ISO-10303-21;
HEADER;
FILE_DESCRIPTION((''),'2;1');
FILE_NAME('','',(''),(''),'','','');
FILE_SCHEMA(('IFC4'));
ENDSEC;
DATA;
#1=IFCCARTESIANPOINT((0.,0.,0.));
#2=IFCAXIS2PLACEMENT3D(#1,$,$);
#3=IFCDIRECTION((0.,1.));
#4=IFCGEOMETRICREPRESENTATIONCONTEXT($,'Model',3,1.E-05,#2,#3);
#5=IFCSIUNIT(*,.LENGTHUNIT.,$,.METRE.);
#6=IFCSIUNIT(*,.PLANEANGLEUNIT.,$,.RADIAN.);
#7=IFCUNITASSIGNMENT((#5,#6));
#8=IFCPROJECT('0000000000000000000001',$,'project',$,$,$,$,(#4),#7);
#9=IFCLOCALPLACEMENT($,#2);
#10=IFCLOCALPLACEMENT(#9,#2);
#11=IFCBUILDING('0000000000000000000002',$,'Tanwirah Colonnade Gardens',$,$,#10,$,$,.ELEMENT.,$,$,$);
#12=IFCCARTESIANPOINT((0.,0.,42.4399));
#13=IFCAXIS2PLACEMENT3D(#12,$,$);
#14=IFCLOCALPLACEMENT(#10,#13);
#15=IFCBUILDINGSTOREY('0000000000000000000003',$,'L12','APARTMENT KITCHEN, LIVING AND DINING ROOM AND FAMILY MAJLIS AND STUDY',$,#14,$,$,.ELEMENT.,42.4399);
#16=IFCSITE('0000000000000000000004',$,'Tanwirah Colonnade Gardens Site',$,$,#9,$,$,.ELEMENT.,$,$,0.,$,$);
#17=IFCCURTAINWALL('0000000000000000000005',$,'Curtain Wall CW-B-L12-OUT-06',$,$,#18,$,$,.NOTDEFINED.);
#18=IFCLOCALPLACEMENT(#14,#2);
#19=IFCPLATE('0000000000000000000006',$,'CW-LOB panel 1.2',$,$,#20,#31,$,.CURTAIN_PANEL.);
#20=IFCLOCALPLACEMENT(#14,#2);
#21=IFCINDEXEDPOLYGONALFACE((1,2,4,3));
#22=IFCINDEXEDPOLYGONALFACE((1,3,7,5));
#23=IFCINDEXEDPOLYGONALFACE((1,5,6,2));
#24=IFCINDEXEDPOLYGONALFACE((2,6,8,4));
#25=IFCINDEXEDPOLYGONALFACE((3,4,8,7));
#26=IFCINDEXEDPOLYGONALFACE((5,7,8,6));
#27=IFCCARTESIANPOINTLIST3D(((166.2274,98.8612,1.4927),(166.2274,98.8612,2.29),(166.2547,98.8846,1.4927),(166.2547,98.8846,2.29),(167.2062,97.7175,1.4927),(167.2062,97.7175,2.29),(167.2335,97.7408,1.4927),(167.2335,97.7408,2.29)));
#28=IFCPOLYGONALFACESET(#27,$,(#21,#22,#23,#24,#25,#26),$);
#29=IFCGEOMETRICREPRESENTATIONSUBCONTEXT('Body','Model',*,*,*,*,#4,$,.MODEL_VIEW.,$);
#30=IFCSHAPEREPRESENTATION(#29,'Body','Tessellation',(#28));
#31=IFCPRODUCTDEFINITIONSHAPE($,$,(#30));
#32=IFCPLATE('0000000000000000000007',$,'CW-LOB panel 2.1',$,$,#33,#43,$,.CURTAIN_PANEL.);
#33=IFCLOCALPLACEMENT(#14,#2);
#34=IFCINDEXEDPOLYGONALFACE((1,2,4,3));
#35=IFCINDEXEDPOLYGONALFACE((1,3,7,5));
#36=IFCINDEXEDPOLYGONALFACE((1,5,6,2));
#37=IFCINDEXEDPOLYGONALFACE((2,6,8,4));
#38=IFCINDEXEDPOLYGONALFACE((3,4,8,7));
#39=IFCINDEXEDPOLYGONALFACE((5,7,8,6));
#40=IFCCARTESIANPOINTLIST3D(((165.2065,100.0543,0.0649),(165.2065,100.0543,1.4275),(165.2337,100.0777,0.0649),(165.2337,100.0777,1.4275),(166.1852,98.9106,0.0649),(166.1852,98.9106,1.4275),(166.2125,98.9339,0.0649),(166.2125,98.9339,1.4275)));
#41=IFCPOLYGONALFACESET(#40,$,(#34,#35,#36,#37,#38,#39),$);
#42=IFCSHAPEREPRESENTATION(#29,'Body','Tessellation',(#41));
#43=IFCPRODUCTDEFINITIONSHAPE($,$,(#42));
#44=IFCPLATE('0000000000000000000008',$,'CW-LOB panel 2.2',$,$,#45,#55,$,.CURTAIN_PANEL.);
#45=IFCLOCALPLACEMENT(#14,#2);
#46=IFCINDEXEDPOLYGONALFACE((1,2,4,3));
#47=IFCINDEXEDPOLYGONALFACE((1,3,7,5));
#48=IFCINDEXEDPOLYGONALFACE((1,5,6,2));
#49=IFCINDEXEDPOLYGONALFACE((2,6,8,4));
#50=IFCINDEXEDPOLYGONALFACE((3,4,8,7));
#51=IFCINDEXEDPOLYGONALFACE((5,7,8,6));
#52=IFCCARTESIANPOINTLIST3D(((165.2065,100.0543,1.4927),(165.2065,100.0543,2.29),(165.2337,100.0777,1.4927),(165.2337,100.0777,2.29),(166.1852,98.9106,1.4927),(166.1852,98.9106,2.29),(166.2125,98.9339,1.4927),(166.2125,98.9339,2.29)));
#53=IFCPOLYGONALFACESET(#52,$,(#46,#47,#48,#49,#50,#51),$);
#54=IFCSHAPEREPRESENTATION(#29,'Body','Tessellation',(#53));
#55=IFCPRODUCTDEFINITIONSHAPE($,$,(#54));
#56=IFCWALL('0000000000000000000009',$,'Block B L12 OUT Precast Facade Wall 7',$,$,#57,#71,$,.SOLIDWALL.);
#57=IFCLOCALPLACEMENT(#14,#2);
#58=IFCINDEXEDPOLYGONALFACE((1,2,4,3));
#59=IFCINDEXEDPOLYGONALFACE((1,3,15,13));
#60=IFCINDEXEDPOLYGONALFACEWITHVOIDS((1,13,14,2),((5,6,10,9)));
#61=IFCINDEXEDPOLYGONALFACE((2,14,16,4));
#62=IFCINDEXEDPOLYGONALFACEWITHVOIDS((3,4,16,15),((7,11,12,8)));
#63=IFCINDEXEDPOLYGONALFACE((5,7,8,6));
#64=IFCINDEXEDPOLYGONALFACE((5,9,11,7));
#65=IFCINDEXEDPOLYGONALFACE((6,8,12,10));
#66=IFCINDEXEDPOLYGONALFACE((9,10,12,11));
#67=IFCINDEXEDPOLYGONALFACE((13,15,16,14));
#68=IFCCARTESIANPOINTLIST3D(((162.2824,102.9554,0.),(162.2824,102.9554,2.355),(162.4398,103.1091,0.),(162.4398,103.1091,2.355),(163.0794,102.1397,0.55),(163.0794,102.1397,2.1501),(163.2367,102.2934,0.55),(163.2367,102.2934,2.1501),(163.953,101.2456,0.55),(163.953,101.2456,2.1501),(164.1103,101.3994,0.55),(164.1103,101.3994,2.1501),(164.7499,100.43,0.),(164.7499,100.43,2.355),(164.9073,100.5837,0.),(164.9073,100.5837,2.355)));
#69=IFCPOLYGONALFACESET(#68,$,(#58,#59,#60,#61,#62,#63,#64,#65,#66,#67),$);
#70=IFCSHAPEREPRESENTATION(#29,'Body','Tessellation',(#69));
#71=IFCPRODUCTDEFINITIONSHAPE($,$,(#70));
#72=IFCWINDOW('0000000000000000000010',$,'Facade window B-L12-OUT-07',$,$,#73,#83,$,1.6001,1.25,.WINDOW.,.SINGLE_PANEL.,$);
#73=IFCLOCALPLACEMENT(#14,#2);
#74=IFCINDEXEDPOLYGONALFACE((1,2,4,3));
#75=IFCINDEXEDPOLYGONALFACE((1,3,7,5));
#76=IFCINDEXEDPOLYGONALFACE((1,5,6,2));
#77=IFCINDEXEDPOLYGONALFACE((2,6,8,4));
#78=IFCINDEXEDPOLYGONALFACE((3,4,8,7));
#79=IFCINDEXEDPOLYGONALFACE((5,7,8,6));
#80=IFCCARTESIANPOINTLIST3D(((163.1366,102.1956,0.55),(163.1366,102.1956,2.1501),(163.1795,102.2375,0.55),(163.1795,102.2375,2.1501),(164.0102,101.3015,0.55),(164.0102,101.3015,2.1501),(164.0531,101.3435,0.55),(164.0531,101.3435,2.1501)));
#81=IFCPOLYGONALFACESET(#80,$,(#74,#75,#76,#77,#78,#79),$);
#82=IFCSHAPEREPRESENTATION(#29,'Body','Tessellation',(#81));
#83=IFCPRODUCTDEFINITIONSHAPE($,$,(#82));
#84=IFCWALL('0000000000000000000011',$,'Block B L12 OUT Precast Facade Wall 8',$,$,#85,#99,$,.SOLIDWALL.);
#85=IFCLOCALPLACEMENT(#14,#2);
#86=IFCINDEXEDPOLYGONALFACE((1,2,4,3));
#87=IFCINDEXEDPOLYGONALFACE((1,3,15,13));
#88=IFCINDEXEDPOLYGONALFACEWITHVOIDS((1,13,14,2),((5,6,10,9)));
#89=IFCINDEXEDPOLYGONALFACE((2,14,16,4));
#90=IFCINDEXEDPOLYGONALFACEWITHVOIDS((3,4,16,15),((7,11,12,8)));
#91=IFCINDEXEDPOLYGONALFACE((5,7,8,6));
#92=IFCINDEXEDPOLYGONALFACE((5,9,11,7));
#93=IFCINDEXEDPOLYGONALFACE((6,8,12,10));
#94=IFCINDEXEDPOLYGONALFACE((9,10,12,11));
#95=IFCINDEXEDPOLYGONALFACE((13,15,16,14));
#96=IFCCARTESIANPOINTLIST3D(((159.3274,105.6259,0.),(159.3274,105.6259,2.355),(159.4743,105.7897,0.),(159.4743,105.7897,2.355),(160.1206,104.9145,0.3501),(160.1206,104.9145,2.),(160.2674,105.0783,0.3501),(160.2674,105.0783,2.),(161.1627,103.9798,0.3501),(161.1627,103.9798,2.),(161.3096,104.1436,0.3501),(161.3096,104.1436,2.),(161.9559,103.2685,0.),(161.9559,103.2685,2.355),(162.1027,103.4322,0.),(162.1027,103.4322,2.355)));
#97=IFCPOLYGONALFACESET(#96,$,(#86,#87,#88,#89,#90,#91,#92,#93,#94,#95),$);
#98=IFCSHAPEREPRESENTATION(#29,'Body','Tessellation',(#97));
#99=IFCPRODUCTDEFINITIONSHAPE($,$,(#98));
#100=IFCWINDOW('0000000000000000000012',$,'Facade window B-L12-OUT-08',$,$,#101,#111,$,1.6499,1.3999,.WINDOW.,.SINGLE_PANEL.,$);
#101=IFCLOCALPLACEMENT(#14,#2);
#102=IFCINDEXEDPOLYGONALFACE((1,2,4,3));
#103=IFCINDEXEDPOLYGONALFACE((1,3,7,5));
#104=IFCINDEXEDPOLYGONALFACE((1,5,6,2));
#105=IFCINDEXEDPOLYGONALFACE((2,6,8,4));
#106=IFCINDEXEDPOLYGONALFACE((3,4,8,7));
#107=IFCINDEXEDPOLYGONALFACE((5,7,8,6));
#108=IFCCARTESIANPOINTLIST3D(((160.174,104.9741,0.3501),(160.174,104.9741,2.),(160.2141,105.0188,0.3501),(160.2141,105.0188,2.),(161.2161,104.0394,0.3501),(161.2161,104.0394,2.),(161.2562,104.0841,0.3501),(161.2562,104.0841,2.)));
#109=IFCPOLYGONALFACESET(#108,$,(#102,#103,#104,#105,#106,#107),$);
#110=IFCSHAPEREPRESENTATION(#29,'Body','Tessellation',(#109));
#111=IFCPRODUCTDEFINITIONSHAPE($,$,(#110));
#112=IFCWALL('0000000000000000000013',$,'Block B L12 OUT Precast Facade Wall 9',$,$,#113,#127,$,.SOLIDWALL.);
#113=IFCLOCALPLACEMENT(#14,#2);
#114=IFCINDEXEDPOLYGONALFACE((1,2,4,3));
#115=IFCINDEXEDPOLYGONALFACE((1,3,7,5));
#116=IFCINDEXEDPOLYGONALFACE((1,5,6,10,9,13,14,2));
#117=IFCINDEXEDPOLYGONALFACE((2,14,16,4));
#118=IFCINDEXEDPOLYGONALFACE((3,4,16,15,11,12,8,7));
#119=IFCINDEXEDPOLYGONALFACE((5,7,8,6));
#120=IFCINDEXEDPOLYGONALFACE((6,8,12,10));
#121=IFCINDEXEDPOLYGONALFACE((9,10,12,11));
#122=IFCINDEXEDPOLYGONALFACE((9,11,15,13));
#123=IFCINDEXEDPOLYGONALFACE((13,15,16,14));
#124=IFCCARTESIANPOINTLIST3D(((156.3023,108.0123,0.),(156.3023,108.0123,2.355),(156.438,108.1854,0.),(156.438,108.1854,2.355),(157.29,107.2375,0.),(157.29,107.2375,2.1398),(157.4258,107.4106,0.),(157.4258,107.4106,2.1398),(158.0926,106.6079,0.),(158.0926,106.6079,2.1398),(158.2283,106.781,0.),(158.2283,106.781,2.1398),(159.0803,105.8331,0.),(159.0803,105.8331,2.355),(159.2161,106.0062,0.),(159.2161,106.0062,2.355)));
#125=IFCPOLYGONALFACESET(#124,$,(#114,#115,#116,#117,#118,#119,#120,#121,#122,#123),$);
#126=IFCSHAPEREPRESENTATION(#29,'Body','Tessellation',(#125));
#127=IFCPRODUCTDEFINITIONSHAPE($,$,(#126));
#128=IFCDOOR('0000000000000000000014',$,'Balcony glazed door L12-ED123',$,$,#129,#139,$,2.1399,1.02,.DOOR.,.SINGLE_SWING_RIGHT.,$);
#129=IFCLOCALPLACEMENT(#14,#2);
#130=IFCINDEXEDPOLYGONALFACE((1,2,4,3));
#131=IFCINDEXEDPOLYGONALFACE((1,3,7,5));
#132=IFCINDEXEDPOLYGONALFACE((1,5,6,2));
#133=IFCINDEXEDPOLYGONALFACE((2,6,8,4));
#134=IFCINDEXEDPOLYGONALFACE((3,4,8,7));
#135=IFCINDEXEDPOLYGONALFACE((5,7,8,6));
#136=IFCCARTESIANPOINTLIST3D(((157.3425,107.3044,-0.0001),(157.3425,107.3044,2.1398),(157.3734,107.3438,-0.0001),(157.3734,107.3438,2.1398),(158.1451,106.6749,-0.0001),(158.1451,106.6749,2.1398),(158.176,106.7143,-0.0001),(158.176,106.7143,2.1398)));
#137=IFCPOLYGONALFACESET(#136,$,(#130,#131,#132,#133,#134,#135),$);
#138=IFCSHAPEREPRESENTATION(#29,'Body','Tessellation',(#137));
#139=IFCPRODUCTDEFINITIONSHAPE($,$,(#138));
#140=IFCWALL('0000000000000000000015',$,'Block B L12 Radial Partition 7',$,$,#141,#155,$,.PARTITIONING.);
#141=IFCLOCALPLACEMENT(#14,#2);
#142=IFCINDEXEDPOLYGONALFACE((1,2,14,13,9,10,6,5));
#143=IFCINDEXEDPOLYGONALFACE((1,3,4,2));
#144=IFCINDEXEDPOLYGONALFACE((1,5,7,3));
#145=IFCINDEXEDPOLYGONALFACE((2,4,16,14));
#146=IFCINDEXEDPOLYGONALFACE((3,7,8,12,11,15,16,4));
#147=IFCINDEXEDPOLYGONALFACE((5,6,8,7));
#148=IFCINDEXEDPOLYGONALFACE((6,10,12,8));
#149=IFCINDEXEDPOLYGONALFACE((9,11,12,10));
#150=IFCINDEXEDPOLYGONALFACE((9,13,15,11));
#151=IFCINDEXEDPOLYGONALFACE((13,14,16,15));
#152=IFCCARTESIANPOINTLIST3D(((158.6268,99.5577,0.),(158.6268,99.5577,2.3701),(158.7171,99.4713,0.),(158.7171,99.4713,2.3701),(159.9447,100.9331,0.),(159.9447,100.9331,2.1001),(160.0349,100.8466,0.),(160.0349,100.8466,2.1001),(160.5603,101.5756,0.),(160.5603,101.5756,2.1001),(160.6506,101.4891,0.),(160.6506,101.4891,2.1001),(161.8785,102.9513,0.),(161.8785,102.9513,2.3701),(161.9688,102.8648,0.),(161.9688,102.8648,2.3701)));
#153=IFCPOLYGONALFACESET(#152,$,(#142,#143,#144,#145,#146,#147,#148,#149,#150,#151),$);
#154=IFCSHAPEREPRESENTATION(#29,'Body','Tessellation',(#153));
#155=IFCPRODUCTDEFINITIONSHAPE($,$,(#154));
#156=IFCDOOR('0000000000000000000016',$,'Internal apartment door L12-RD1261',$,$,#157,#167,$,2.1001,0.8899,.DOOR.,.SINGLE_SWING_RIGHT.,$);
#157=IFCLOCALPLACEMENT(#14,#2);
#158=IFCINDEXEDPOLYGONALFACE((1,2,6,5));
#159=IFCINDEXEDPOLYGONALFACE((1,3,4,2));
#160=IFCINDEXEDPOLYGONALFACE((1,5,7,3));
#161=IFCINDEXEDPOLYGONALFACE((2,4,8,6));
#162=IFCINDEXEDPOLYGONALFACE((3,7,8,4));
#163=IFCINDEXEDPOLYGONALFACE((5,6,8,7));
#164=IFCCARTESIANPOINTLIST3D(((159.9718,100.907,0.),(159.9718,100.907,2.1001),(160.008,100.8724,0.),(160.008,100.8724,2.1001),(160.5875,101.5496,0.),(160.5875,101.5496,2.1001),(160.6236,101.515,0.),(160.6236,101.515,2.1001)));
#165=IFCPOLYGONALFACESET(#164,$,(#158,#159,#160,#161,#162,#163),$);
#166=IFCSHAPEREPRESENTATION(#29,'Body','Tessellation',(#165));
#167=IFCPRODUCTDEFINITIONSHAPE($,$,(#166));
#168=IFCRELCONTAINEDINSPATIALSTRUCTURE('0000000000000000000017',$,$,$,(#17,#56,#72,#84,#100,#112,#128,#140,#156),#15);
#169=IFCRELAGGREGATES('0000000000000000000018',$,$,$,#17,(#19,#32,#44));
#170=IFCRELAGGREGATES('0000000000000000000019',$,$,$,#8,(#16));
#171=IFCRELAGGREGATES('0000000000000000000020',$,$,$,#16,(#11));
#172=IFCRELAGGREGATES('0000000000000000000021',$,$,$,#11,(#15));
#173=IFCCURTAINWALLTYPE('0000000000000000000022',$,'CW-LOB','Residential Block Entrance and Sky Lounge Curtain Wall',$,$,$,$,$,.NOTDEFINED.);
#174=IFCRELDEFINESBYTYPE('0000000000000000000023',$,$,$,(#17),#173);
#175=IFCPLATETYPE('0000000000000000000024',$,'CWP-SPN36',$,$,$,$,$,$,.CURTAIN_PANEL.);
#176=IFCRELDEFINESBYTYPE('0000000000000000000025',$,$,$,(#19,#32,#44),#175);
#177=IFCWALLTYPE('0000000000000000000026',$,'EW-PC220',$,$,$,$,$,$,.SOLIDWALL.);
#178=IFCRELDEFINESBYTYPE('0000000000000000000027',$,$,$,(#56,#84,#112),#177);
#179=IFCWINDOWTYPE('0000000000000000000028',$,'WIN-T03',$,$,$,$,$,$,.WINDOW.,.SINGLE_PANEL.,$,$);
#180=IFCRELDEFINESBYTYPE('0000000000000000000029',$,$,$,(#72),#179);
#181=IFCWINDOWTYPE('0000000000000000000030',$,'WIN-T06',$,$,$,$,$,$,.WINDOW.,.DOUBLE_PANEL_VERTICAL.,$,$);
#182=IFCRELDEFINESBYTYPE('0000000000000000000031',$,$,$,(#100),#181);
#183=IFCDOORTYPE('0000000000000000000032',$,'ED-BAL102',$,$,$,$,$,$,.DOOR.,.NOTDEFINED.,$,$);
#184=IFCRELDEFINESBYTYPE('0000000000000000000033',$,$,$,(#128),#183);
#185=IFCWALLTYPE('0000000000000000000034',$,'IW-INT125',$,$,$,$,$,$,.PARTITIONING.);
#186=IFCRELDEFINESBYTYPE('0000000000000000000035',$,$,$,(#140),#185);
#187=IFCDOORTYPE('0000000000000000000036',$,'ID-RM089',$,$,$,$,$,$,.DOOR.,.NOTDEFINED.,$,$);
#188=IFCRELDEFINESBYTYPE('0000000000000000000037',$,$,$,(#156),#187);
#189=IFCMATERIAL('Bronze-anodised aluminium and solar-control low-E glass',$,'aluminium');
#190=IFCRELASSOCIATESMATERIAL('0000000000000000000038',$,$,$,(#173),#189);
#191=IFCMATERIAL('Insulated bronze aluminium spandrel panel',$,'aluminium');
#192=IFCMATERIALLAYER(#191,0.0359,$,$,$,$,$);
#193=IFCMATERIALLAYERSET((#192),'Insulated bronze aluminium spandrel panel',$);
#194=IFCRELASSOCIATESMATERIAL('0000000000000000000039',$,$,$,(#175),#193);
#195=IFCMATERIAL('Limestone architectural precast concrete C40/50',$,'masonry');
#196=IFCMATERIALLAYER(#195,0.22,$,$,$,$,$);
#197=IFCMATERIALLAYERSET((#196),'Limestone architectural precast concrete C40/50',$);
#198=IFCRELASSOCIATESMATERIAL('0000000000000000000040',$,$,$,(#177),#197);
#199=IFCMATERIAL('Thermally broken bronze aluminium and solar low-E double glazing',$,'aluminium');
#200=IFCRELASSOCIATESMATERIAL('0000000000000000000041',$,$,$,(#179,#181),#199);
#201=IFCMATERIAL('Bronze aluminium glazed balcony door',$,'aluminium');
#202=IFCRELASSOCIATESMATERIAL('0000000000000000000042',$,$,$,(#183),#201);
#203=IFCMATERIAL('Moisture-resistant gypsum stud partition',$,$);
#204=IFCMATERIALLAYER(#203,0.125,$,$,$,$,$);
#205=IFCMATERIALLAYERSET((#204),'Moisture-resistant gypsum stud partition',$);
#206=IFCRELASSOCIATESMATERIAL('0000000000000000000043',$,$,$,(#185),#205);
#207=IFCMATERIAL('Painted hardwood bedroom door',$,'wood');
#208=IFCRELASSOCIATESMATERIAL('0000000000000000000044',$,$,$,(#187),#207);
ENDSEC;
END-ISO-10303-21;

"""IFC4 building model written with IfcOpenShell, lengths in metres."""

from ifc_helpers import new_model, si_unit, direction, frame, frame_2d, origin, origin_2d, place, context, subcontext, project, spatial, rectangle, extrude, material, layer, layer_set, type_object, element, fill, aggregate, save


model = new_model("IFC4")

# Units and contexts
model_context = context("Model", 3, precision=1e-05, world=origin(), true_north=direction((0.0, 1.0)))
body_context = subcontext(model_context, "Body", "Model", "MODEL_VIEW")
ifc_project = project(units=[si_unit("LENGTHUNIT", "METRE"), si_unit("PLANEANGLEUNIT", "RADIAN")], contexts=[model_context])

# Site, building, storey
site_placement = place(None, origin())
site = spatial("IfcSite", under=ifc_project, at=site_placement, Name="Tanwirah Colonnade Gardens Site", CompositionType="ELEMENT", RefElevation=0.0)
building_placement = place(site_placement, origin())
building = spatial("IfcBuilding", under=site, at=building_placement, Name="Tanwirah Colonnade Gardens", CompositionType="ELEMENT")
storey_placement = place(building_placement, frame((0.0, 0.0, 42.4399)))
storey = spatial("IfcBuildingStorey", under=building, at=storey_placement, Name="L12", Description="APARTMENT KITCHEN, LIVING AND DINING ROOM AND FAMILY MAJLIS AND STUDY", CompositionType="ELEMENT", Elevation=42.4399)

# Curtain wall
ifc_material_1 = material(Name="Bronze-anodised aluminium and solar-control low-E glass", Category="aluminium")
curtain_wall_type = type_object("IfcCurtainWallType", Name="CW-LOB", Description="Residential Block Entrance and Sky Lounge Curtain Wall", PredefinedType="NOTDEFINED", material=ifc_material_1)
curtain_wall_placement = place(storey_placement, origin())
curtain_wall = element("IfcCurtainWall", 1, at=curtain_wall_placement, inside=storey, type_object=curtain_wall_type, Name="Curtain Wall CW-B-L12-OUT-06", PredefinedType="NOTDEFINED")

# Plates
ifc_material_2 = material(Name="Insulated bronze aluminium spandrel panel", Category="aluminium")
ifc_layer_1 = layer(ifc_material_2, 0.0359)
ifc_layer_set_1 = layer_set([ifc_layer_1], Name="Insulated bronze aluminium spandrel panel")
plate_type = type_object("IfcPlateType", Name="CWP-SPN36", PredefinedType="CURTAIN_PANEL", material=ifc_layer_set_1)
plate_1_placement = place(storey_placement, frame((166.7305, 98.301, 1.4927), z_axis=(0.0, 0.0, 1.0), x_axis=(-0.650186, 0.759775, 0.0)))
plate_1 = element("IfcPlate", 2, at=plate_1_placement, type_object=plate_type, Name="CW-LOB panel 1.2", PredefinedType="CURTAIN_PANEL", context=body_context, shape_type="SweptSolid", body=[
    extrude(rectangle(XDim=1.5054, YDim=0.0359, at=origin_2d()), origin(), (0.0, 0.0, 1.0), 0.7974),
])
plate_2_placement = place(storey_placement, frame((165.7095, 99.4941, 0.0649), z_axis=(0.0, 0.0, 1.0), x_axis=(-0.650186, 0.759775, 0.0)))
plate_2 = element("IfcPlate", 3, at=plate_2_placement, type_object=plate_type, Name="CW-LOB panel 2.1", PredefinedType="CURTAIN_PANEL", context=body_context, shape_type="SweptSolid", body=[
    extrude(rectangle(XDim=1.5054, YDim=0.0359, at=origin_2d()), origin(), (0.0, 0.0, 1.0), 1.3625),
])
plate_3_placement = place(storey_placement, frame((165.7095, 99.4941, 1.4927), z_axis=(0.0, 0.0, 1.0), x_axis=(-0.650186, 0.759775, 0.0)))
plate_3 = element("IfcPlate", 4, at=plate_3_placement, type_object=plate_type, Name="CW-LOB panel 2.2", PredefinedType="CURTAIN_PANEL", context=body_context, shape_type="SweptSolid", body=[
    extrude(rectangle(XDim=1.5054, YDim=0.0359, at=origin_2d()), origin(), (0.0, 0.0, 1.0), 0.7974),
])
aggregate(curtain_wall, [plate_1, plate_2, plate_3])

# Walls, openings, windows
ifc_material_3 = material(Name="Limestone architectural precast concrete C40/50", Category="masonry")
ifc_layer_2 = layer(ifc_material_3, 0.22)
ifc_layer_set_2 = layer_set([ifc_layer_2], Name="Limestone architectural precast concrete C40/50")
wall_type_1 = type_object("IfcWallType", Name="EW-PC220", PredefinedType="SOLIDWALL", material=ifc_layer_set_2)
wall_1_placement = place(storey_placement, frame((164.8286, 100.5068, 0.0), z_axis=(0.0, 0.0, 1.0), x_axis=(-0.698865, 0.715253, 0.0)))
wall_1 = element("IfcWall", 5, at=wall_1_placement, inside=storey, type_object=wall_type_1, Name="Block B L12 OUT Precast Facade Wall 7", PredefinedType="SOLIDWALL", context=body_context, shape_type="SweptSolid", body=[
    extrude(rectangle(XDim=3.5308, YDim=0.22, at=frame_2d((1.7654, 0.0))), origin(), (0.0, 0.0, 1.0), 2.355),
])
opening_1_placement = place(wall_1_placement, frame((1.1404, 0.0, 0.55)))
opening_1 = element("IfcOpeningElement", 6, at=opening_1_placement, cuts=wall_1, PredefinedType="OPENING", context=body_context, shape_type="SweptSolid", body=[
    extrude(rectangle(XDim=1.25, YDim=1.6001, at=frame_2d((0.625, 0.8))), frame((0.0, 0.1199, 0.0), z_axis=(0.0, -1.0, 0.0), x_axis=(1.0, 0.0, 0.0)), (0.0, 0.0, 1.0), 0.24),
])
ifc_material_4 = material(Name="Thermally broken bronze aluminium and solar low-E double glazing", Category="aluminium")
window_type_1 = type_object("IfcWindowType", Name="WIN-T03", PartitioningType="SINGLE_PANEL", PredefinedType="WINDOW", material=ifc_material_4)
window_1_placement = place(opening_1_placement, origin())
window_1 = element("IfcWindow", 7, at=window_1_placement, inside=storey, type_object=window_type_1, Name="Facade window B-L12-OUT-07", OverallHeight=1.6001, OverallWidth=1.25, PartitioningType="SINGLE_PANEL", PredefinedType="WINDOW", context=body_context, shape_type="SweptSolid", body=[
    extrude(rectangle(XDim=1.25, YDim=1.6001, at=frame_2d((0.625, 0.8))), frame((0.0, 0.03, 0.0), z_axis=(0.0, -1.0, 0.0), x_axis=(1.0, 0.0, 0.0)), (0.0, 0.0, 1.0), 0.0601),
])
fill(opening_1, window_1)
wall_2_placement = place(storey_placement, frame((162.0293, 103.3503, 0.0), z_axis=(0.0, 0.0, 1.0), x_axis=(-0.744441, 0.667688, 0.0)))
wall_2 = element("IfcWall", 8, at=wall_2_placement, inside=storey, type_object=wall_type_1, Name="Block B L12 OUT Precast Facade Wall 8", PredefinedType="SOLIDWALL", context=body_context, shape_type="SweptSolid", body=[
    extrude(rectangle(XDim=3.5308, YDim=0.22, at=frame_2d((1.7654, 0.0))), origin(), (0.0, 0.0, 1.0), 2.355),
])
opening_2_placement = place(wall_2_placement, frame((1.0654, 0.0, 0.3501)))
opening_2 = element("IfcOpeningElement", 9, at=opening_2_placement, cuts=wall_2, PredefinedType="OPENING", context=body_context, shape_type="SweptSolid", body=[
    extrude(rectangle(XDim=1.3999, YDim=1.6499, at=frame_2d((0.7, 0.825))), frame((0.0, 0.1199, 0.0), z_axis=(0.0, -1.0, 0.0), x_axis=(1.0, 0.0, 0.0)), (0.0, 0.0, 1.0), 0.24),
])
window_type_2 = type_object("IfcWindowType", Name="WIN-T06", PartitioningType="DOUBLE_PANEL_VERTICAL", PredefinedType="WINDOW", material=ifc_material_4)
window_2_placement = place(opening_2_placement, origin())
window_2 = element("IfcWindow", 10, at=window_2_placement, inside=storey, type_object=window_type_2, Name="Facade window B-L12-OUT-08", OverallHeight=1.6499, OverallWidth=1.3999, PartitioningType="SINGLE_PANEL", PredefinedType="WINDOW", context=body_context, shape_type="SweptSolid", body=[
    extrude(rectangle(XDim=1.3999, YDim=1.6499, at=frame_2d((0.7, 0.825))), frame((0.0, 0.03, 0.0), z_axis=(0.0, -1.0, 0.0), x_axis=(1.0, 0.0, 0.0)), (0.0, 0.0, 1.0), 0.0601),
])
fill(opening_2, window_2)

# Walls, openings, doors
wall_3_placement = place(storey_placement, frame((159.1482, 105.9197, 0.0), z_axis=(0.0, 0.0, 1.0), x_axis=(-0.78681, 0.617195, 0.0)))
wall_3 = element("IfcWall", 11, at=wall_3_placement, inside=storey, type_object=wall_type_1, Name="Block B L12 OUT Precast Facade Wall 9", PredefinedType="SOLIDWALL", context=body_context, shape_type="SweptSolid", body=[
    extrude(rectangle(XDim=3.5308, YDim=0.22, at=frame_2d((1.7654, 0.0))), origin(), (0.0, 0.0, 1.0), 2.355),
])
opening_3_placement = place(wall_3_placement, frame((1.2554, 0.0, 0.0)))
opening_3 = element("IfcOpeningElement", 12, at=opening_3_placement, cuts=wall_3, PredefinedType="OPENING", context=body_context, shape_type="SweptSolid", body=[
    extrude(rectangle(XDim=1.02, YDim=2.1399, at=frame_2d((0.51, 1.0698))), frame((0.0, 0.1199, 0.0), z_axis=(0.0, -1.0, 0.0), x_axis=(1.0, 0.0, 0.0)), (0.0, 0.0, 1.0), 0.24),
])
ifc_material_5 = material(Name="Bronze aluminium glazed balcony door", Category="aluminium")
door_type_1 = type_object("IfcDoorType", Name="ED-BAL102", OperationType="NOTDEFINED", PredefinedType="DOOR", material=ifc_material_5)
door_1_placement = place(opening_3_placement, origin())
door_1 = element("IfcDoor", 13, at=door_1_placement, inside=storey, type_object=door_type_1, Name="Balcony glazed door L12-ED123", OperationType="SINGLE_SWING_RIGHT", OverallHeight=2.1399, OverallWidth=1.02, PredefinedType="DOOR", context=body_context, shape_type="SweptSolid", body=[
    extrude(rectangle(XDim=1.02, YDim=2.1399, at=frame_2d((0.51, 1.0698))), frame((0.0, 0.0249, 0.0), z_axis=(0.0, -1.0, 0.0), x_axis=(1.0, 0.0, 0.0)), (0.0, 0.0, 1.0), 0.05),
])
fill(opening_3, door_1)
ifc_material_6 = material(Name="Moisture-resistant gypsum stud partition")
ifc_layer_3 = layer(ifc_material_6, 0.125)
ifc_layer_set_3 = layer_set([ifc_layer_3], Name="Moisture-resistant gypsum stud partition")
wall_type_2 = type_object("IfcWallType", Name="IW-INT125", PredefinedType="PARTITIONING", material=ifc_layer_set_3)
wall_4_placement = place(storey_placement, frame((158.6719, 99.5144, 0.0), z_axis=(0.0, 0.0, 1.0), x_axis=(0.691856, 0.722036, 0.0)))
wall_4 = element("IfcWall", 14, at=wall_4_placement, inside=storey, type_object=wall_type_2, Name="Block B L12 Radial Partition 7", PredefinedType="PARTITIONING", context=body_context, shape_type="SweptSolid", body=[
    extrude(rectangle(XDim=4.7, YDim=0.125, at=frame_2d((2.3501, 0.0))), origin(), (0.0, 0.0, 1.0), 2.3701),
])
opening_4_placement = place(wall_4_placement, frame((1.905, 0.0, 0.0)))
opening_4 = element("IfcOpeningElement", 15, at=opening_4_placement, cuts=wall_4, PredefinedType="OPENING", context=body_context, shape_type="SweptSolid", body=[
    extrude(rectangle(XDim=0.8899, YDim=2.1001, at=frame_2d((0.4448, 1.05))), frame((0.0, 0.0725, 0.0), z_axis=(0.0, -1.0, 0.0), x_axis=(1.0, 0.0, 0.0)), (0.0, 0.0, 1.0), 0.145),
])
ifc_material_7 = material(Name="Painted hardwood bedroom door", Category="wood")
door_type_2 = type_object("IfcDoorType", Name="ID-RM089", OperationType="NOTDEFINED", PredefinedType="DOOR", material=ifc_material_7)
door_2_placement = place(opening_4_placement, origin())
door_2 = element("IfcDoor", 16, at=door_2_placement, inside=storey, type_object=door_type_2, Name="Internal apartment door L12-RD1261", OperationType="SINGLE_SWING_RIGHT", OverallHeight=2.1001, OverallWidth=0.8899, PredefinedType="DOOR", context=body_context, shape_type="SweptSolid", body=[
    extrude(rectangle(XDim=0.8899, YDim=2.1001, at=frame_2d((0.4448, 1.05))), frame((0.0, 0.0249, 0.0), z_axis=(0.0, -1.0, 0.0), x_axis=(1.0, 0.0, 0.0)), (0.0, 0.0, 1.0), 0.05),
])
fill(opening_4, door_2)

save(model, "model.ifc")
